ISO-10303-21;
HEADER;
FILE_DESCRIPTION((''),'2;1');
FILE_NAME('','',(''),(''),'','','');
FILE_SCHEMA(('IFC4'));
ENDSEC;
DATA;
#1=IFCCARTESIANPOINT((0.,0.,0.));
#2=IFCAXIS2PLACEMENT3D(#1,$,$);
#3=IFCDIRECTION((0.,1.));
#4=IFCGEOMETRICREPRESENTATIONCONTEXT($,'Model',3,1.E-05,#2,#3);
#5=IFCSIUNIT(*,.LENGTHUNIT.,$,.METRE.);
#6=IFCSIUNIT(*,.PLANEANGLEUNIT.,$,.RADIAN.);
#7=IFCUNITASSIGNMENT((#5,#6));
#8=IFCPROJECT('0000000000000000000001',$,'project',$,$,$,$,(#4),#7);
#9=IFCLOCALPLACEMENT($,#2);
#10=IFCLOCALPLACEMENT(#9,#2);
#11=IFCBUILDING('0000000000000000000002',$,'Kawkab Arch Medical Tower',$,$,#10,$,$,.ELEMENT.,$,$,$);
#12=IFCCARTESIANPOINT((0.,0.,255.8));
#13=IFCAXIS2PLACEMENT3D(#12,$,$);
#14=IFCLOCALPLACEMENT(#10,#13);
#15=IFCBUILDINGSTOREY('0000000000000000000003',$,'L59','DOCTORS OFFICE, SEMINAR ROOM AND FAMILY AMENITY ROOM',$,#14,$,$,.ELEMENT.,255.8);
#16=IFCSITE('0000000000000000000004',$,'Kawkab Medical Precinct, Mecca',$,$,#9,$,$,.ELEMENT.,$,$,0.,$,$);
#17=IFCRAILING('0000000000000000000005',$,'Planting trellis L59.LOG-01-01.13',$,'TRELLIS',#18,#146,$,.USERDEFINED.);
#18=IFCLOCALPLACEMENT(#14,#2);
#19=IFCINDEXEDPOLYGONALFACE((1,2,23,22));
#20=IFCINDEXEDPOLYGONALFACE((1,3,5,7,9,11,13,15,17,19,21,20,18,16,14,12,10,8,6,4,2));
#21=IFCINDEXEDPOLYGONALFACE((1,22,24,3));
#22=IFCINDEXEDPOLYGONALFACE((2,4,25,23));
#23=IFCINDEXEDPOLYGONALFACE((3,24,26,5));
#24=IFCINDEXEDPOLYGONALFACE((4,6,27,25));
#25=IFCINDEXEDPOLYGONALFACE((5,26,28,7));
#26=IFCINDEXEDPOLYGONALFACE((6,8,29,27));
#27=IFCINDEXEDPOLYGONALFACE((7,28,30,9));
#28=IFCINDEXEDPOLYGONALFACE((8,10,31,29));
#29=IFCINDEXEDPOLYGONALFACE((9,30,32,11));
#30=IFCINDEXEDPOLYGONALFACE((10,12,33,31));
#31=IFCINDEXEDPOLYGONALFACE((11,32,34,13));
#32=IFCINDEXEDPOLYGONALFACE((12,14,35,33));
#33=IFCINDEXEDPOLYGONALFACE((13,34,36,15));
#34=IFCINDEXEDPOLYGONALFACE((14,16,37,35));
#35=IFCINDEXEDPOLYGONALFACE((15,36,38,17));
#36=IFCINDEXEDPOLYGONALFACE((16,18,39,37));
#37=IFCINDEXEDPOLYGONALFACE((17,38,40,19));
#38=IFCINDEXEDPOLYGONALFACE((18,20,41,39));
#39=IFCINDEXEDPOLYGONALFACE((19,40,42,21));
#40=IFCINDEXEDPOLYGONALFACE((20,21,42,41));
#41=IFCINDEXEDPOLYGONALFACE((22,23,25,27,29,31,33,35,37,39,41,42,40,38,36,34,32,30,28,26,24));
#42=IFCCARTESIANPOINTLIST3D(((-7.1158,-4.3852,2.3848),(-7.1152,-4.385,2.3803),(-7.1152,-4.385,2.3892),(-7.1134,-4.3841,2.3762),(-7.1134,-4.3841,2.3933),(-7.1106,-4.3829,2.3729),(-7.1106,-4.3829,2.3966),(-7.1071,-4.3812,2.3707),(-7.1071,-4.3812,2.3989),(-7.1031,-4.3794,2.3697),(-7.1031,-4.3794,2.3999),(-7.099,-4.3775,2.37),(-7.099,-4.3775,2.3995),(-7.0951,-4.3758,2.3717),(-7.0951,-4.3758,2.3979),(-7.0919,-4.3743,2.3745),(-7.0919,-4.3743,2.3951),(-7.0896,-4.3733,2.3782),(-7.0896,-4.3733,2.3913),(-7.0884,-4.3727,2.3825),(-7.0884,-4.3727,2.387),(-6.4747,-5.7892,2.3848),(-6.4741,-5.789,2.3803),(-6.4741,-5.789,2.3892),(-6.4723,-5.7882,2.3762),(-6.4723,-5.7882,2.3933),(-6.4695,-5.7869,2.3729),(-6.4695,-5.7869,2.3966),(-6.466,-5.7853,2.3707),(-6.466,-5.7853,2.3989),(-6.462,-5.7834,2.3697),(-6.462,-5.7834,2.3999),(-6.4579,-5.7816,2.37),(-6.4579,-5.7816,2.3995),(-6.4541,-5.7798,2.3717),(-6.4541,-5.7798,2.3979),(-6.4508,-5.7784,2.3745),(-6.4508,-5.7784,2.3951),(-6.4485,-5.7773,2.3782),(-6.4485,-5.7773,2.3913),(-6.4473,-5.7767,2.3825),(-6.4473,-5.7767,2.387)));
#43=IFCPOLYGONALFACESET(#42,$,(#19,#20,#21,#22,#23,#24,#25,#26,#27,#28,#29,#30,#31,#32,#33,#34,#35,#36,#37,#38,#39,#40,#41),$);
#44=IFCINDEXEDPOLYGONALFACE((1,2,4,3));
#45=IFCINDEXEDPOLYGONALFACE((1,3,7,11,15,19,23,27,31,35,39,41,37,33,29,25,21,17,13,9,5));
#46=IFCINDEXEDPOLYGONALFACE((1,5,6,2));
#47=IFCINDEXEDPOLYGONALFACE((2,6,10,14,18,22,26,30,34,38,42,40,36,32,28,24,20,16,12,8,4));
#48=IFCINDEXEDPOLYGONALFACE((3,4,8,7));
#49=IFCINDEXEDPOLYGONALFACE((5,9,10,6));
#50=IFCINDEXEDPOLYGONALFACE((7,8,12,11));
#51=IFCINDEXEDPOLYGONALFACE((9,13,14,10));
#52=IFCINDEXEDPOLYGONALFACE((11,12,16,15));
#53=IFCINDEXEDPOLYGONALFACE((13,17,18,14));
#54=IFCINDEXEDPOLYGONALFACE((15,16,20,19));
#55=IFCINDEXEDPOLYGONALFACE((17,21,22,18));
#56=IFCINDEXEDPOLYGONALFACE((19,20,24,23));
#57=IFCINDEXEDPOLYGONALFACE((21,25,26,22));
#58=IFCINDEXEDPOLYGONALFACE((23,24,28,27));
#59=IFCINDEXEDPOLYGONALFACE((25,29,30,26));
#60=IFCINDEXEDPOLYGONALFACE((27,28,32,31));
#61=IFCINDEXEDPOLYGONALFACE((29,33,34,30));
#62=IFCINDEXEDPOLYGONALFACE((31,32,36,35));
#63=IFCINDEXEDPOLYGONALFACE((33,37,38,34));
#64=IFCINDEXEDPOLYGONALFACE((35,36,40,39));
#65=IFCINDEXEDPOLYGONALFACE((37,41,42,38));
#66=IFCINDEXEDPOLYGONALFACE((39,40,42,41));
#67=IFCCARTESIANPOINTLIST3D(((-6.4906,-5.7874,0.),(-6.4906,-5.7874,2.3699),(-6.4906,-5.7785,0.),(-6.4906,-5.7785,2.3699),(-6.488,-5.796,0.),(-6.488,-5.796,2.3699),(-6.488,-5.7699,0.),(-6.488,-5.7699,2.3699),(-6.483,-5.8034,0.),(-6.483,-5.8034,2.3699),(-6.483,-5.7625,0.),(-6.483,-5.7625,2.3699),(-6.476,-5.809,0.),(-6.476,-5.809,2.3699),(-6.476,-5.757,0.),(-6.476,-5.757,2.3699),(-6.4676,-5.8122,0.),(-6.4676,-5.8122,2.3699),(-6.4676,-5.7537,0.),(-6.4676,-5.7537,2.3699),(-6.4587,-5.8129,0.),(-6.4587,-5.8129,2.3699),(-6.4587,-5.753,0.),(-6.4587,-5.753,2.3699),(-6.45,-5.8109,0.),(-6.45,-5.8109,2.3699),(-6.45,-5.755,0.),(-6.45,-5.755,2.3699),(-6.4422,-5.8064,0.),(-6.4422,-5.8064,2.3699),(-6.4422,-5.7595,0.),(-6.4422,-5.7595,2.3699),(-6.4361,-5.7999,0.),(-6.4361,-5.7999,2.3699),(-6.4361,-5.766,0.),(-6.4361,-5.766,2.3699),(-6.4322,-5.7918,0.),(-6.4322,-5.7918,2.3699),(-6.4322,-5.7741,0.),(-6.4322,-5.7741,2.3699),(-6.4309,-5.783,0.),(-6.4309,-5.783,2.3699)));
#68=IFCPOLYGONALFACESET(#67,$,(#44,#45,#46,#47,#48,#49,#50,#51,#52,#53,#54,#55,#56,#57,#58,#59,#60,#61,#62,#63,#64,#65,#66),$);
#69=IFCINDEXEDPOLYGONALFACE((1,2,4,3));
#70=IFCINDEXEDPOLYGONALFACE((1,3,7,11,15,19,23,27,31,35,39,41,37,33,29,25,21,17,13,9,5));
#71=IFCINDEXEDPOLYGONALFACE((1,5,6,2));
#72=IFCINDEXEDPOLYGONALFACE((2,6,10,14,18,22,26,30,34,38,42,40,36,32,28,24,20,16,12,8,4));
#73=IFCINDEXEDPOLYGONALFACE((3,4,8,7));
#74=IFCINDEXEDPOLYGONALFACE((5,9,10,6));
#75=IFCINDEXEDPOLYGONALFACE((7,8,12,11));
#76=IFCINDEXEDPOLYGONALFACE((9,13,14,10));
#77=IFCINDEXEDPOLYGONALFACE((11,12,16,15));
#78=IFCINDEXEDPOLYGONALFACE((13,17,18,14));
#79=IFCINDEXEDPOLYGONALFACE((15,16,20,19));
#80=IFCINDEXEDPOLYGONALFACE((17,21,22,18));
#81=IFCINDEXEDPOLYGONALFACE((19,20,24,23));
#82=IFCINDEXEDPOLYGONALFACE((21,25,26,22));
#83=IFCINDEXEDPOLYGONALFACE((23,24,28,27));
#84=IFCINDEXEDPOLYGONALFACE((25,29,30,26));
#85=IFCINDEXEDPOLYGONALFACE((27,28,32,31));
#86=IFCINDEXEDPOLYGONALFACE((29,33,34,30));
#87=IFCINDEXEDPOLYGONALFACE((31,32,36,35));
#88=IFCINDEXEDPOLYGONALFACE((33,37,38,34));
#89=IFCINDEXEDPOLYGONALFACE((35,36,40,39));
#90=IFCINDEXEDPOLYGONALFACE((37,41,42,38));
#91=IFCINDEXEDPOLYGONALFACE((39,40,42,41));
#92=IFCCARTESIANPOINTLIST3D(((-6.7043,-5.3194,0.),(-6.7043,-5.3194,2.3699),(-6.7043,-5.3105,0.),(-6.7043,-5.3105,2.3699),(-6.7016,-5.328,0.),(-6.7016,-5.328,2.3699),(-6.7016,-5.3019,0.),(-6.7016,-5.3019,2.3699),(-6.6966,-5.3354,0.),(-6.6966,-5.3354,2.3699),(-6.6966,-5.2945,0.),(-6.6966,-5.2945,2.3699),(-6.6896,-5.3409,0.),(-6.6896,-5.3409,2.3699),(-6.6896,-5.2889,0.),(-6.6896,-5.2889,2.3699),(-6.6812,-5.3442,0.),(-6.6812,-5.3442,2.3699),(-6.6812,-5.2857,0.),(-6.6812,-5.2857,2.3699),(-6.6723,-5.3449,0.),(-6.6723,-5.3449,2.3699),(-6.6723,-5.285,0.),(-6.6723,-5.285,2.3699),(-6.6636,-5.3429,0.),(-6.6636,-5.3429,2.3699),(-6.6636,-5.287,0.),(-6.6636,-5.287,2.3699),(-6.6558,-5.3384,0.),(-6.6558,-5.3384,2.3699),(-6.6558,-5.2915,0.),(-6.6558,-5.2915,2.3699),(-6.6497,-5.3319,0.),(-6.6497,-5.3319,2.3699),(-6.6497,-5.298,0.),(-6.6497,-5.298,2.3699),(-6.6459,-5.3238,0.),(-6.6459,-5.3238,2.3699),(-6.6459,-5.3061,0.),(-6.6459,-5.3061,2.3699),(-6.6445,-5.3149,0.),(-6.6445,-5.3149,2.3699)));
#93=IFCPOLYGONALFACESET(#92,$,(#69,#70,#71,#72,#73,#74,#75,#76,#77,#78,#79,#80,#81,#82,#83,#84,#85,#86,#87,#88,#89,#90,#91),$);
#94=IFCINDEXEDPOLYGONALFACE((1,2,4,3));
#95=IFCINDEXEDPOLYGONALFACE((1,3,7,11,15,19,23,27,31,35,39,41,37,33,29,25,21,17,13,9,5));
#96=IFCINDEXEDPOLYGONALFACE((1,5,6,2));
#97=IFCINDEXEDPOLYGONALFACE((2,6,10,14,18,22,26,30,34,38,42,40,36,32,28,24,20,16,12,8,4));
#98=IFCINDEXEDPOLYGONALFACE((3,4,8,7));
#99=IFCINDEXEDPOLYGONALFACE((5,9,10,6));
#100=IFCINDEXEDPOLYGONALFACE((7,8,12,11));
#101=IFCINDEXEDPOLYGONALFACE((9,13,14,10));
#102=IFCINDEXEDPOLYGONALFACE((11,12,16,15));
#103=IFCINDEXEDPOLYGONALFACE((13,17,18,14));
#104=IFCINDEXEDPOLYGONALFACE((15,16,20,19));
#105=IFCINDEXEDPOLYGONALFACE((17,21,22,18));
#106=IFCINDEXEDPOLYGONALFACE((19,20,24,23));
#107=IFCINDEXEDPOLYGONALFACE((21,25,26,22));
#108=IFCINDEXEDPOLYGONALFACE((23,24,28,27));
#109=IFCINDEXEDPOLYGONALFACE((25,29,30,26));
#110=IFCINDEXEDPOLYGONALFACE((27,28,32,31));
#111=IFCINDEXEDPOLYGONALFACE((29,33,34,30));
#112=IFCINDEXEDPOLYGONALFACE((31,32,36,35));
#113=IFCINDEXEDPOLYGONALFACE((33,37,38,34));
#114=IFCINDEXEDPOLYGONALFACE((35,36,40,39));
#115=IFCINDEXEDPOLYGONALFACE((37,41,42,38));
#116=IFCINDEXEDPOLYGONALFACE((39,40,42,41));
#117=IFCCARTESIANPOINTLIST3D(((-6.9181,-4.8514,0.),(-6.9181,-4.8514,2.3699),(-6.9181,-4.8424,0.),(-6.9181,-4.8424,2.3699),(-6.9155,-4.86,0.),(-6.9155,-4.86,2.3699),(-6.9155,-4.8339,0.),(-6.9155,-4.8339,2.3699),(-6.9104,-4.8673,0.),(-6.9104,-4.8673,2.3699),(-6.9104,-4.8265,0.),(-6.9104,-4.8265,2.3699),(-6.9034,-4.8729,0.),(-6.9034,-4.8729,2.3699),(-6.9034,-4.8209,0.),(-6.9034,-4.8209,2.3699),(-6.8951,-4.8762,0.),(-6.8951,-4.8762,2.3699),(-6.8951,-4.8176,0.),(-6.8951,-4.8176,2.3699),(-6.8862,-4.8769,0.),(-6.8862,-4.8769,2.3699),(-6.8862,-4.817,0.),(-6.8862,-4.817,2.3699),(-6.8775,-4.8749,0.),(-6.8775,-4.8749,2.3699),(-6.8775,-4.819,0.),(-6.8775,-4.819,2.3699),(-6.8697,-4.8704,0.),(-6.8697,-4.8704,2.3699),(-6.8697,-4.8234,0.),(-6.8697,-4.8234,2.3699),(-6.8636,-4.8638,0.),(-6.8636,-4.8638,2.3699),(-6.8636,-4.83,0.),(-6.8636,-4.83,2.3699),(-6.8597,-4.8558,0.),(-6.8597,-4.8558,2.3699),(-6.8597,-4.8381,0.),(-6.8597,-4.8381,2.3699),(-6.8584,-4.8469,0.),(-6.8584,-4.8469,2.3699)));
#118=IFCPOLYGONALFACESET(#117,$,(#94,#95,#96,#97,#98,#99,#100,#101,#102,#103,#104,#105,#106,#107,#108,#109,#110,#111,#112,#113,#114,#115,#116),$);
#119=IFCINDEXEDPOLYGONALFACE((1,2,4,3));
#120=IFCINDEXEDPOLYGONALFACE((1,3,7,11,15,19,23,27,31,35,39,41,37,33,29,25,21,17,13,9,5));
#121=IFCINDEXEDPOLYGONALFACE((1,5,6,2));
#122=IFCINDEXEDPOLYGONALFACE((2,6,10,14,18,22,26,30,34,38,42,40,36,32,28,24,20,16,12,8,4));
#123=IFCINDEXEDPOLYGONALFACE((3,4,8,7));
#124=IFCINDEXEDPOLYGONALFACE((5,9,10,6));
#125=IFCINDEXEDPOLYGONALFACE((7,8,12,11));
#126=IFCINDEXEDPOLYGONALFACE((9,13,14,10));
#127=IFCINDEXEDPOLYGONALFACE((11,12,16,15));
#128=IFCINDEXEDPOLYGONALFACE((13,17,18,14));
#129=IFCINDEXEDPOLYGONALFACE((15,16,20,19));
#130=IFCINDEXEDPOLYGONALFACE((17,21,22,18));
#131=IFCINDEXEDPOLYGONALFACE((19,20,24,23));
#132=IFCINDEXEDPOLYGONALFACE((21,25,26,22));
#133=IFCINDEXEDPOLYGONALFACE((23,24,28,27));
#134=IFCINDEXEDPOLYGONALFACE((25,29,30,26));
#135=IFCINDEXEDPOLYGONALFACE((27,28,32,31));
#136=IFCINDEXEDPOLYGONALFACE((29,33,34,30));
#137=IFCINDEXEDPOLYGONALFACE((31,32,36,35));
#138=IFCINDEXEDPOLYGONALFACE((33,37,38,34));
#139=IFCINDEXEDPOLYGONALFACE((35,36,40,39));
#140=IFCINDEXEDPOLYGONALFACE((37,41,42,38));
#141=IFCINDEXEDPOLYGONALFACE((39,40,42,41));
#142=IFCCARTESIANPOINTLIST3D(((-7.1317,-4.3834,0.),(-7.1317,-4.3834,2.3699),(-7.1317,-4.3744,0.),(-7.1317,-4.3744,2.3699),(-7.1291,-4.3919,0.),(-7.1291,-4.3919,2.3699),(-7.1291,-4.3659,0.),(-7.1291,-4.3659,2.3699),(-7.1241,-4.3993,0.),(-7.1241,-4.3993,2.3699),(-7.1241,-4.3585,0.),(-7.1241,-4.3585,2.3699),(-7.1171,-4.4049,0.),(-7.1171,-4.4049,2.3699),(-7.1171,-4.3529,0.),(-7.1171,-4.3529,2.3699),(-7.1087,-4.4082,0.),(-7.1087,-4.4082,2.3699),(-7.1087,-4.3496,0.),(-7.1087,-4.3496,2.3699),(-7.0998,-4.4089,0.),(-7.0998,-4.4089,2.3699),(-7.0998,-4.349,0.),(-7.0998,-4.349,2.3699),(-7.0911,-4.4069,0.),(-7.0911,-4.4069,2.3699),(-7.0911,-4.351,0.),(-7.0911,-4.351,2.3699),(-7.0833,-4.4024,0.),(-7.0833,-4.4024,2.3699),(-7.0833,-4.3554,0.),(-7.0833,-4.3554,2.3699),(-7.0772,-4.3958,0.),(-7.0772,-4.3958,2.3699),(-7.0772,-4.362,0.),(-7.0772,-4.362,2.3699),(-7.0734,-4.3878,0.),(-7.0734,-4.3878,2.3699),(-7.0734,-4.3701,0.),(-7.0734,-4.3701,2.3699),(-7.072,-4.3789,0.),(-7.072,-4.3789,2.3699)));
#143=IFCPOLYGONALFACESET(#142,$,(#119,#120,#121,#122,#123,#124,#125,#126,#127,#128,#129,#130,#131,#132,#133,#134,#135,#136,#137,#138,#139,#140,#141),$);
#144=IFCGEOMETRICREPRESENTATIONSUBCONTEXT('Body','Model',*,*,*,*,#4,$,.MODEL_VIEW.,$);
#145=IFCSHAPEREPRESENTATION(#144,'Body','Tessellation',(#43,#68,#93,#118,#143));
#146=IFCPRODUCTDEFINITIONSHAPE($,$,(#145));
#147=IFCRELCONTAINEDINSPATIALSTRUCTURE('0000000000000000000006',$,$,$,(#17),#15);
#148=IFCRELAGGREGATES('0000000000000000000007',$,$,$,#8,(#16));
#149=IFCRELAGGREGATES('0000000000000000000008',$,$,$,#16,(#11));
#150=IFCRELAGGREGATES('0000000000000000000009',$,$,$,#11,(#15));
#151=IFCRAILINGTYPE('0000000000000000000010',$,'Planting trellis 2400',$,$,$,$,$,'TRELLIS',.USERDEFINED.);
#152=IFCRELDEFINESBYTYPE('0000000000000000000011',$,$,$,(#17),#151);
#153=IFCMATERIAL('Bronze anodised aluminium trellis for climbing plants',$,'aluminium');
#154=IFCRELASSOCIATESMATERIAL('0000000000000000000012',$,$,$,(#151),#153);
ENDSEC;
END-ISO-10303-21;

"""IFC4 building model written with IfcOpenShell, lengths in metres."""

from ifc_helpers import new_model, si_unit, direction, frame, origin, origin_2d, place, context, subcontext, project, spatial, circle, extrude, material, type_object, element, save


model = new_model("IFC4")

# Units and contexts
model_context = context("Model", 3, precision=1e-05, world=origin(), true_north=direction((0.0, 1.0)))
body_context = subcontext(model_context, "Body", "Model", "MODEL_VIEW")
ifc_project = project(units=[si_unit("LENGTHUNIT", "METRE"), si_unit("PLANEANGLEUNIT", "RADIAN")], contexts=[model_context])

# Site, building, storey
site_placement = place(None, origin())
site = spatial("IfcSite", under=ifc_project, at=site_placement, Name="Kawkab Medical Precinct, Mecca", CompositionType="ELEMENT", RefElevation=0.0)
building_placement = place(site_placement, origin())
building = spatial("IfcBuilding", under=site, at=building_placement, Name="Kawkab Arch Medical Tower", CompositionType="ELEMENT")
storey_placement = place(building_placement, frame((0.0, 0.0, 255.8)))
storey = spatial("IfcBuildingStorey", under=building, at=storey_placement, Name="L59", Description="DOCTORS OFFICE, SEMINAR ROOM AND FAMILY AMENITY ROOM", CompositionType="ELEMENT", Elevation=255.8)

# Railing
ifc_material_1 = material(Name="Bronze anodised aluminium trellis for climbing plants", Category="aluminium")
railing_type = type_object("IfcRailingType", Name="Planting trellis 2400", ElementType="TRELLIS", PredefinedType="USERDEFINED", material=ifc_material_1)
railing_1_placement = place(storey_placement, frame((-6.4609, -5.783, 0.0)))
element("IfcRailing", 1, at=railing_1_placement, inside=storey, type_object=railing_type, Name="Planting trellis L59.LOG-01-01.13", ObjectType="TRELLIS", PredefinedType="USERDEFINED", context=body_context, shape_type="SweptSolid", body=[
    extrude(circle(Radius=0.0151, at=origin_2d()), frame((0.0, 0.0, 2.3848), z_axis=(-0.415363, 0.909656, 0.0), x_axis=(-0.909656, -0.415363, 0.0)), (0.0, 0.0, 1.0), 1.5435),
    extrude(circle(Radius=0.03, at=origin_2d()), origin(), (0.0, 0.0, 1.0), 2.3699),
    extrude(circle(Radius=0.03, at=origin_2d()), frame((-0.2136, 0.468, 0.0)), (0.0, 0.0, 1.0), 2.3699),
    extrude(circle(Radius=0.03, at=origin_2d()), frame((-0.4275, 0.936, 0.0)), (0.0, 0.0, 1.0), 2.3699),
    extrude(circle(Radius=0.03, at=origin_2d()), frame((-0.6411, 1.4041, 0.0)), (0.0, 0.0, 1.0), 2.3699),
])

save(model, "model.ifc")
